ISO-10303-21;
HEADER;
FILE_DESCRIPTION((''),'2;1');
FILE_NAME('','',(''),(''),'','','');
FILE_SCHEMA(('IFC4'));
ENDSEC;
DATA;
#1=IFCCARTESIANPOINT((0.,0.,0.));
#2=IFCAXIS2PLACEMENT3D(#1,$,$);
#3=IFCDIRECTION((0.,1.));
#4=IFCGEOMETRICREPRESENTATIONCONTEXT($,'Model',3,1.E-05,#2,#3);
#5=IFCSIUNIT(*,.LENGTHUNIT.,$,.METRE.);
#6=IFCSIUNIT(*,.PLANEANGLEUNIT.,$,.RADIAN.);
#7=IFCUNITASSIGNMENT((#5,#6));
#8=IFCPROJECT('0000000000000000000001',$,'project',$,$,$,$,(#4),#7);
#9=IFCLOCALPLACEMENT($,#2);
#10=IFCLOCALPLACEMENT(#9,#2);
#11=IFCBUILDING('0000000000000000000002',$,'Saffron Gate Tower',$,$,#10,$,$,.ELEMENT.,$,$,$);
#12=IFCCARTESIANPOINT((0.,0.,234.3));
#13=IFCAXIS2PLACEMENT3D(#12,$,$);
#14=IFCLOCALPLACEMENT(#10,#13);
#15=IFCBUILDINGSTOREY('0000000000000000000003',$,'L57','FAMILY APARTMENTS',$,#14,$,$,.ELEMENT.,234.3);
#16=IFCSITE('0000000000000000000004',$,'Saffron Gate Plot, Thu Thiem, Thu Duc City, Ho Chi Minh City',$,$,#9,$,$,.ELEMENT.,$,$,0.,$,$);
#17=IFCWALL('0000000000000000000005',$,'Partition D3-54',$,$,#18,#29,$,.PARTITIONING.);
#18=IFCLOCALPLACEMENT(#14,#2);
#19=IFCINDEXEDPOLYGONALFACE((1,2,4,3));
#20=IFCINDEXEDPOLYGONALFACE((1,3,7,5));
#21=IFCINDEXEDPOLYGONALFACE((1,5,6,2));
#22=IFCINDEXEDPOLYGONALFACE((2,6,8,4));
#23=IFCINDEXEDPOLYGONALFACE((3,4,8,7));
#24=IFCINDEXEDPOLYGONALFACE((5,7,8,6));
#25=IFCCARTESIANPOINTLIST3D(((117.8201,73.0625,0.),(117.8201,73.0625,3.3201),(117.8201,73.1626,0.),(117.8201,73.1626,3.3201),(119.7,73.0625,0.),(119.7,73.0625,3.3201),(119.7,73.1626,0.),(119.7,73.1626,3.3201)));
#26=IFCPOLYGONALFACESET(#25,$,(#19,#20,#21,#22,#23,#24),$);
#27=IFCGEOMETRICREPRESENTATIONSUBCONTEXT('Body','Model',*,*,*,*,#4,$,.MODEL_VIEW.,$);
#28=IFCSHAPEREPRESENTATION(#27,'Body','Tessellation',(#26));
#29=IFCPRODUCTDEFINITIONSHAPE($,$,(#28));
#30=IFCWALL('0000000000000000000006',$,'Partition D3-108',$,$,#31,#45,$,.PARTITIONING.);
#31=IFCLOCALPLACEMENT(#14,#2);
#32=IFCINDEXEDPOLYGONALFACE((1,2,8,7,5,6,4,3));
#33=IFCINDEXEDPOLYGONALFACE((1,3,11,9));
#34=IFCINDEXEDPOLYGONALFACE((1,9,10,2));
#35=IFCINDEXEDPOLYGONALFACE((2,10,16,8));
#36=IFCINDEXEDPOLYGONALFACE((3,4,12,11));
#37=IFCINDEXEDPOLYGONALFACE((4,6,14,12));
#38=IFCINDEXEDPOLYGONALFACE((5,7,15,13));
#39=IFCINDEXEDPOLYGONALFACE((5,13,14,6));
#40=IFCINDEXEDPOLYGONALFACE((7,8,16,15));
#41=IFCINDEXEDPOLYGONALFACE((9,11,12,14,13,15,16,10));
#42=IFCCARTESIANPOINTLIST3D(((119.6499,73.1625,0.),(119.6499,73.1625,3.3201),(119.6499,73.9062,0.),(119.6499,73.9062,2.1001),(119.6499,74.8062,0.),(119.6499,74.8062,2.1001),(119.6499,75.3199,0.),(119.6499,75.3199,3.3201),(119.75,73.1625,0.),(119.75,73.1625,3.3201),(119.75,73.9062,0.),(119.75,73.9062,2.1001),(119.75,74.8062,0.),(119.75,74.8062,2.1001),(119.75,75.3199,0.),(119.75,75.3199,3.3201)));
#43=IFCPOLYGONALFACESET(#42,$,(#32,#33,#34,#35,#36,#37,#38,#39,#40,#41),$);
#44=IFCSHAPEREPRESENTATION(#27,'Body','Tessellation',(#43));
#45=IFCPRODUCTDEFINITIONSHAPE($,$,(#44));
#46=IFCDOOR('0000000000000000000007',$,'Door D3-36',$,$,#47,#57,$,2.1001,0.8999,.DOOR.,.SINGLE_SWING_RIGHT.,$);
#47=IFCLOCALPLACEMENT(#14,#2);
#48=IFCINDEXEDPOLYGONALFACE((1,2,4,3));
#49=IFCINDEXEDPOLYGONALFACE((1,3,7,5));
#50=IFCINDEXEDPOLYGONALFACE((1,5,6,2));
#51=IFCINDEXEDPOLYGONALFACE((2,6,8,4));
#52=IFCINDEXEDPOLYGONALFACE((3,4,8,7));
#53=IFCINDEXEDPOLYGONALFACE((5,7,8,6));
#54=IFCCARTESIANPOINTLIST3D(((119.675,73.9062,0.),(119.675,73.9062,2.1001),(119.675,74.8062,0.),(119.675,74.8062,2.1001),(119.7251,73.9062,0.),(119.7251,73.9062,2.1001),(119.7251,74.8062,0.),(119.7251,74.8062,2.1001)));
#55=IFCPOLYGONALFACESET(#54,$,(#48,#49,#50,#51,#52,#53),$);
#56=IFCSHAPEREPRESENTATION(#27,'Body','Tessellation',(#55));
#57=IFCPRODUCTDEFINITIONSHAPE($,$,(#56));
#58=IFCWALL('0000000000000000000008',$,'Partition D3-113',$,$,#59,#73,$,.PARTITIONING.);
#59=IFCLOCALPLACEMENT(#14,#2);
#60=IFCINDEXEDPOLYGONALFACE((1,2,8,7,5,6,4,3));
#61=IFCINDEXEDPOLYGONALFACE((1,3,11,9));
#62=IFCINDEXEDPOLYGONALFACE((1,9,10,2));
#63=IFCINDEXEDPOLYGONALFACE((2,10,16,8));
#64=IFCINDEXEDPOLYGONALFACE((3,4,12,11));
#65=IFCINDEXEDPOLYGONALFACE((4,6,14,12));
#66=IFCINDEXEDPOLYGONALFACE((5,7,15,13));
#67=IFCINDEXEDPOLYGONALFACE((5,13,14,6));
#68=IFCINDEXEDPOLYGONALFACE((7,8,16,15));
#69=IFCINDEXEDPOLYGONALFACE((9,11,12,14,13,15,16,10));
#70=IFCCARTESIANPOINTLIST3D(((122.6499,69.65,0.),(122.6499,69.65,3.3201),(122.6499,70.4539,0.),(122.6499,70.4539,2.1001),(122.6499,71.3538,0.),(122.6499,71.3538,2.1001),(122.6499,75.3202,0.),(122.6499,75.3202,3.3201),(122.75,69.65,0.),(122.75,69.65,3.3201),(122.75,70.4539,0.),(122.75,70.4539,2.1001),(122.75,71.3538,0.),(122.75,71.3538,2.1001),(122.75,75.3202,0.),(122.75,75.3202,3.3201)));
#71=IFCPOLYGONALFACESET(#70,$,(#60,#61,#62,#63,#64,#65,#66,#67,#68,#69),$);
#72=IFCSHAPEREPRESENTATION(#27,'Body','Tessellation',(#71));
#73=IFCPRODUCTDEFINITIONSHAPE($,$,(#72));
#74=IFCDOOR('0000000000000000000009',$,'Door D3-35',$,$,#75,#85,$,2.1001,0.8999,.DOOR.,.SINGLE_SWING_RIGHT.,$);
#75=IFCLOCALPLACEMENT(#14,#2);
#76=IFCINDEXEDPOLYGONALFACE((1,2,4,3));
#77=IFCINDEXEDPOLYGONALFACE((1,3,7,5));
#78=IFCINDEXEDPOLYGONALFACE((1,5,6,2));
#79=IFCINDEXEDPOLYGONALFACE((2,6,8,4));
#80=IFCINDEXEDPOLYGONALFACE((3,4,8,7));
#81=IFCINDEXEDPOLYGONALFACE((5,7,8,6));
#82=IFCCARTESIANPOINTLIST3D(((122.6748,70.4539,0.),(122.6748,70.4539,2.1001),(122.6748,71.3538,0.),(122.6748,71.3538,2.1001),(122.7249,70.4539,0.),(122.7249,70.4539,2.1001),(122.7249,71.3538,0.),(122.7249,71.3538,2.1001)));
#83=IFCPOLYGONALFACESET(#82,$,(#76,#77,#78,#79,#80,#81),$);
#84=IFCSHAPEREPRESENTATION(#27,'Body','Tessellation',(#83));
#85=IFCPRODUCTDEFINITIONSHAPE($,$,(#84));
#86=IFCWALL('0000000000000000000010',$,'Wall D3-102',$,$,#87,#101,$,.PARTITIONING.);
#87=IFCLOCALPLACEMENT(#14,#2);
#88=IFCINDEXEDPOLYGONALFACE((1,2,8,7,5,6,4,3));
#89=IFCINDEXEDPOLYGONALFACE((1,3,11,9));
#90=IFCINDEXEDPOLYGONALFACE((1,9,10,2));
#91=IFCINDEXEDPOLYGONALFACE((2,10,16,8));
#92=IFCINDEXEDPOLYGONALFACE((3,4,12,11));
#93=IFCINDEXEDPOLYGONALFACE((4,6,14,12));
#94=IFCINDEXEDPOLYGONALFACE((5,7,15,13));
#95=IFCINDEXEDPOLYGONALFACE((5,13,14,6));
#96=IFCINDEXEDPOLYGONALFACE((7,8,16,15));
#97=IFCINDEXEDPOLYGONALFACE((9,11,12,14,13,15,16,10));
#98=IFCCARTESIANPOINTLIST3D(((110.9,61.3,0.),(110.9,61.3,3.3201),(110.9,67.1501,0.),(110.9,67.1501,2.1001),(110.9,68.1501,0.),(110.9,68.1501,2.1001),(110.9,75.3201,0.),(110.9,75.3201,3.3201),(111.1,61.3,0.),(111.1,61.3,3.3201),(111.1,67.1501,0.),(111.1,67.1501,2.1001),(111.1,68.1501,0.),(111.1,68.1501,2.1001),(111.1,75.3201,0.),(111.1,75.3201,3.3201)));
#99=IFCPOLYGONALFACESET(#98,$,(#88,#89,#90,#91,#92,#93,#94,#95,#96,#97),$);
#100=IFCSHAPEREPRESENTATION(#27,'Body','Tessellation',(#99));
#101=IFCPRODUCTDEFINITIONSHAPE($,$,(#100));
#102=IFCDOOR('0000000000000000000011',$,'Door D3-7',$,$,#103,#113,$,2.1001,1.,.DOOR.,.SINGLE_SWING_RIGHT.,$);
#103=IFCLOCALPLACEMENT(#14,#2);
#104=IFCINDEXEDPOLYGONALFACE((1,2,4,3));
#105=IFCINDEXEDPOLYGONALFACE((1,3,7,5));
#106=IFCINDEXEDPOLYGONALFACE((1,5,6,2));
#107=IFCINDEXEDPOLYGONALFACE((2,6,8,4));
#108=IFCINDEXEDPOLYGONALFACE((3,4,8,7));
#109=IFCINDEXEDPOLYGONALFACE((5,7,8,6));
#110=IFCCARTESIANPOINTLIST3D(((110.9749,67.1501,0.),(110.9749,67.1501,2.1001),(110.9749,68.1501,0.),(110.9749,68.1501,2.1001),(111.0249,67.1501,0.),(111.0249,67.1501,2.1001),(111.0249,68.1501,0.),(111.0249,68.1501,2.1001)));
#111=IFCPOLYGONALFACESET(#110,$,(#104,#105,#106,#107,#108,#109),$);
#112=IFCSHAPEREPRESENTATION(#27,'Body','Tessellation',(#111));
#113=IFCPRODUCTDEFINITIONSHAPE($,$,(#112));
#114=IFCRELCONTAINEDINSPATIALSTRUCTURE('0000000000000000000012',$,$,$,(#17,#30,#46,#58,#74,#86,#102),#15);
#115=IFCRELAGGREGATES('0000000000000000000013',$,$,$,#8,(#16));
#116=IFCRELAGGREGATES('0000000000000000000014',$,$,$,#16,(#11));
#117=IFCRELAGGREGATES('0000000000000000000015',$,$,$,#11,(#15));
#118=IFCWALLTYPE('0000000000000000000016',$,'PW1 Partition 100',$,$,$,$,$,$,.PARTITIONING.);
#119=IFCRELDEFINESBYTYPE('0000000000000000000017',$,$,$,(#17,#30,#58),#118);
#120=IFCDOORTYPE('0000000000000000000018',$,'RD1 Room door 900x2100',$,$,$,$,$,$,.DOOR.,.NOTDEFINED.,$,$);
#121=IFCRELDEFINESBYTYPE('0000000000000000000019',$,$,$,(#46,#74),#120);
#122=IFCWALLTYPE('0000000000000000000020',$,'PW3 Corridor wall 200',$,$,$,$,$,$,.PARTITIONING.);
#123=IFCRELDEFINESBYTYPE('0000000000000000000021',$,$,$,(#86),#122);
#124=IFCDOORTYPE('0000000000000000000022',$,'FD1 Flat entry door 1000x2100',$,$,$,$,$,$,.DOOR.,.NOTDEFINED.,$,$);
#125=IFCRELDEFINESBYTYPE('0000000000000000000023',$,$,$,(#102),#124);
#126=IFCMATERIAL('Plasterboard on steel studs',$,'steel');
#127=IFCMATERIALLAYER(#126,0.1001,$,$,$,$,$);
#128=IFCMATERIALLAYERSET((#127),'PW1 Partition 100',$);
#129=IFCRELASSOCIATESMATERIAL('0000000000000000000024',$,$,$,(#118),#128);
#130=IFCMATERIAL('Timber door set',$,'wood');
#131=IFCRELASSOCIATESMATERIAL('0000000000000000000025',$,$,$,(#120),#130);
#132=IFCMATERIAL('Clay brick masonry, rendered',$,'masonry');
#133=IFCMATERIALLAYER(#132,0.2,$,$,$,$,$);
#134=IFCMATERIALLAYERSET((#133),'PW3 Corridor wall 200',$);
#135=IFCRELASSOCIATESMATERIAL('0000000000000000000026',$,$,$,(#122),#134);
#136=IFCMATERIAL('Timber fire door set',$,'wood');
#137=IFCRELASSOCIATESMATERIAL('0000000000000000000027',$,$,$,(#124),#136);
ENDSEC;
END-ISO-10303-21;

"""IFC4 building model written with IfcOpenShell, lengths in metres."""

from ifc_helpers import new_model, si_unit, direction, frame, frame_2d, origin, place, context, subcontext, project, spatial, rectangle, extrude, material, layer, layer_set, type_object, element, fill, save


model = new_model("IFC4")

# Units and contexts
model_context = context("Model", 3, precision=1e-05, world=origin(), true_north=direction((0.0, 1.0)))
body_context = subcontext(model_context, "Body", "Model", "MODEL_VIEW")
ifc_project = project(units=[si_unit("LENGTHUNIT", "METRE"), si_unit("PLANEANGLEUNIT", "RADIAN")], contexts=[model_context])

# Site, building, storey
site_placement = place(None, origin())
site = spatial("IfcSite", under=ifc_project, at=site_placement, Name="Saffron Gate Plot, Thu Thiem, Thu Duc City, Ho Chi Minh City", CompositionType="ELEMENT", RefElevation=0.0)
building_placement = place(site_placement, origin())
building = spatial("IfcBuilding", under=site, at=building_placement, Name="Saffron Gate Tower", CompositionType="ELEMENT")
storey_placement = place(building_placement, frame((0.0, 0.0, 234.3)))
storey = spatial("IfcBuildingStorey", under=building, at=storey_placement, Name="L57", Description="FAMILY APARTMENTS", CompositionType="ELEMENT", Elevation=234.3)

# Shared definitions
ifc_material_1 = material(Name="Plasterboard on steel studs", Category="steel")
ifc_layer_1 = layer(ifc_material_1, 0.1001)
ifc_layer_set_1 = layer_set([ifc_layer_1], Name="PW1 Partition 100")
wall_type_1 = type_object("IfcWallType", Name="PW1 Partition 100", PredefinedType="PARTITIONING", material=ifc_layer_set_1)
ifc_material_2 = material(Name="Timber door set", Category="wood")

# Wall
wall_1_placement = place(storey_placement, frame((117.8201, 73.1125, 0.0), z_axis=(0.0, 0.0, 1.0), x_axis=(1.0, 0.0, 0.0)))
element("IfcWall", 1, at=wall_1_placement, inside=storey, type_object=wall_type_1, Name="Partition D3-54", PredefinedType="PARTITIONING", context=body_context, shape_type="SweptSolid", body=[
    extrude(rectangle(XDim=1.8799, YDim=0.1001, at=frame_2d((0.9399, 0.0))), origin(), (0.0, 0.0, 1.0), 3.3201),
])

# Walls, openings, doors
wall_2_placement = place(storey_placement, frame((119.7, 73.1626, 0.0), z_axis=(0.0, 0.0, 1.0), x_axis=(0.0, 1.0, 0.0)))
wall_2 = element("IfcWall", 2, at=wall_2_placement, inside=storey, type_object=wall_type_1, Name="Partition D3-108", PredefinedType="PARTITIONING", context=body_context, shape_type="SweptSolid", body=[
    extrude(rectangle(XDim=2.1575, YDim=0.1001, at=frame_2d((1.0786, 0.0))), origin(), (0.0, 0.0, 1.0), 3.3201),
])
opening_1_placement = place(wall_2_placement, frame((0.7437, 0.0, 0.0)))
opening_1 = element("IfcOpeningElement", 3, at=opening_1_placement, cuts=wall_2, PredefinedType="OPENING", context=body_context, shape_type="SweptSolid", body=[
    extrude(rectangle(XDim=0.8999, YDim=2.1001, at=frame_2d((0.45, 1.05))), frame((0.0, 0.0601, 0.0), z_axis=(0.0, -1.0, 0.0), x_axis=(1.0, 0.0, 0.0)), (0.0, 0.0, 1.0), 0.1201),
])
door_type_1 = type_object("IfcDoorType", Name="RD1 Room door 900x2100", OperationType="NOTDEFINED", PredefinedType="DOOR", material=ifc_material_2)
door_1_placement = place(opening_1_placement, origin())
door_1 = element("IfcDoor", 4, at=door_1_placement, inside=storey, type_object=door_type_1, Name="Door D3-36", OperationType="SINGLE_SWING_RIGHT", OverallHeight=2.1001, OverallWidth=0.8999, PredefinedType="DOOR", context=body_context, shape_type="SweptSolid", body=[
    extrude(rectangle(XDim=0.8999, YDim=2.1001, at=frame_2d((0.45, 1.05))), frame((0.0, 0.0249, 0.0), z_axis=(0.0, -1.0, 0.0), x_axis=(1.0, 0.0, 0.0)), (0.0, 0.0, 1.0), 0.05),
])
fill(opening_1, door_1)
wall_3_placement = place(storey_placement, frame((122.7, 75.3201, 0.0), z_axis=(0.0, 0.0, 1.0), x_axis=(0.0, -1.0, 0.0)))
wall_3 = element("IfcWall", 5, at=wall_3_placement, inside=storey, type_object=wall_type_1, Name="Partition D3-113", PredefinedType="PARTITIONING", context=body_context, shape_type="SweptSolid", body=[
    extrude(rectangle(XDim=5.6702, YDim=0.1001, at=frame_2d((2.835, 0.0))), origin(), (0.0, 0.0, 1.0), 3.3201),
])
opening_2_placement = place(wall_3_placement, frame((3.9663, 0.0, 0.0)))
opening_2 = element("IfcOpeningElement", 6, at=opening_2_placement, cuts=wall_3, PredefinedType="OPENING", context=body_context, shape_type="SweptSolid", body=[
    extrude(rectangle(XDim=0.8999, YDim=2.1001, at=frame_2d((0.45, 1.05))), frame((0.0, 0.0601, 0.0), z_axis=(0.0, -1.0, 0.0), x_axis=(1.0, 0.0, 0.0)), (0.0, 0.0, 1.0), 0.1201),
])
door_2_placement = place(opening_2_placement, origin())
door_2 = element("IfcDoor", 7, at=door_2_placement, inside=storey, type_object=door_type_1, Name="Door D3-35", OperationType="SINGLE_SWING_RIGHT", OverallHeight=2.1001, OverallWidth=0.8999, PredefinedType="DOOR", context=body_context, shape_type="SweptSolid", body=[
    extrude(rectangle(XDim=0.8999, YDim=2.1001, at=frame_2d((0.45, 1.05))), frame((0.0, 0.0249, 0.0), z_axis=(0.0, -1.0, 0.0), x_axis=(1.0, 0.0, 0.0)), (0.0, 0.0, 1.0), 0.05),
])
fill(opening_2, door_2)
ifc_material_3 = material(Name="Clay brick masonry, rendered", Category="masonry")
ifc_layer_2 = layer(ifc_material_3, 0.2)
ifc_layer_set_2 = layer_set([ifc_layer_2], Name="PW3 Corridor wall 200")
wall_type_2 = type_object("IfcWallType", Name="PW3 Corridor wall 200", PredefinedType="PARTITIONING", material=ifc_layer_set_2)
wall_4_placement = place(storey_placement, frame((111.0, 75.3201, 0.0), z_axis=(0.0, 0.0, 1.0), x_axis=(0.0, -1.0, 0.0)))
wall_4 = element("IfcWall", 8, at=wall_4_placement, inside=storey, type_object=wall_type_2, Name="Wall D3-102", PredefinedType="PARTITIONING", context=body_context, shape_type="SweptSolid", body=[
    extrude(rectangle(XDim=14.02, YDim=0.2, at=frame_2d((7.01, 0.0))), origin(), (0.0, 0.0, 1.0), 3.3201),
])
opening_3_placement = place(wall_4_placement, frame((7.1699, 0.0, 0.0)))
opening_3 = element("IfcOpeningElement", 9, at=opening_3_placement, cuts=wall_4, PredefinedType="OPENING", context=body_context, shape_type="SweptSolid", body=[
    extrude(rectangle(XDim=1.0, YDim=2.1001, at=frame_2d((0.5, 1.05))), frame((0.0, 0.1099, 0.0), z_axis=(0.0, -1.0, 0.0), x_axis=(1.0, 0.0, 0.0)), (0.0, 0.0, 1.0), 0.22),
])
ifc_material_4 = material(Name="Timber fire door set", Category="wood")
door_type_2 = type_object("IfcDoorType", Name="FD1 Flat entry door 1000x2100", OperationType="NOTDEFINED", PredefinedType="DOOR", material=ifc_material_4)
door_3_placement = place(opening_3_placement, origin())
door_3 = element("IfcDoor", 10, at=door_3_placement, inside=storey, type_object=door_type_2, Name="Door D3-7", OperationType="SINGLE_SWING_RIGHT", OverallHeight=2.1001, OverallWidth=1.0, PredefinedType="DOOR", context=body_context, shape_type="SweptSolid", body=[
    extrude(rectangle(XDim=1.0, YDim=2.1001, at=frame_2d((0.5, 1.05))), frame((0.0, 0.0249, 0.0), z_axis=(0.0, -1.0, 0.0), x_axis=(1.0, 0.0, 0.0)), (0.0, 0.0, 1.0), 0.05),
])
fill(opening_3, door_3)

save(model, "model.ifc")
